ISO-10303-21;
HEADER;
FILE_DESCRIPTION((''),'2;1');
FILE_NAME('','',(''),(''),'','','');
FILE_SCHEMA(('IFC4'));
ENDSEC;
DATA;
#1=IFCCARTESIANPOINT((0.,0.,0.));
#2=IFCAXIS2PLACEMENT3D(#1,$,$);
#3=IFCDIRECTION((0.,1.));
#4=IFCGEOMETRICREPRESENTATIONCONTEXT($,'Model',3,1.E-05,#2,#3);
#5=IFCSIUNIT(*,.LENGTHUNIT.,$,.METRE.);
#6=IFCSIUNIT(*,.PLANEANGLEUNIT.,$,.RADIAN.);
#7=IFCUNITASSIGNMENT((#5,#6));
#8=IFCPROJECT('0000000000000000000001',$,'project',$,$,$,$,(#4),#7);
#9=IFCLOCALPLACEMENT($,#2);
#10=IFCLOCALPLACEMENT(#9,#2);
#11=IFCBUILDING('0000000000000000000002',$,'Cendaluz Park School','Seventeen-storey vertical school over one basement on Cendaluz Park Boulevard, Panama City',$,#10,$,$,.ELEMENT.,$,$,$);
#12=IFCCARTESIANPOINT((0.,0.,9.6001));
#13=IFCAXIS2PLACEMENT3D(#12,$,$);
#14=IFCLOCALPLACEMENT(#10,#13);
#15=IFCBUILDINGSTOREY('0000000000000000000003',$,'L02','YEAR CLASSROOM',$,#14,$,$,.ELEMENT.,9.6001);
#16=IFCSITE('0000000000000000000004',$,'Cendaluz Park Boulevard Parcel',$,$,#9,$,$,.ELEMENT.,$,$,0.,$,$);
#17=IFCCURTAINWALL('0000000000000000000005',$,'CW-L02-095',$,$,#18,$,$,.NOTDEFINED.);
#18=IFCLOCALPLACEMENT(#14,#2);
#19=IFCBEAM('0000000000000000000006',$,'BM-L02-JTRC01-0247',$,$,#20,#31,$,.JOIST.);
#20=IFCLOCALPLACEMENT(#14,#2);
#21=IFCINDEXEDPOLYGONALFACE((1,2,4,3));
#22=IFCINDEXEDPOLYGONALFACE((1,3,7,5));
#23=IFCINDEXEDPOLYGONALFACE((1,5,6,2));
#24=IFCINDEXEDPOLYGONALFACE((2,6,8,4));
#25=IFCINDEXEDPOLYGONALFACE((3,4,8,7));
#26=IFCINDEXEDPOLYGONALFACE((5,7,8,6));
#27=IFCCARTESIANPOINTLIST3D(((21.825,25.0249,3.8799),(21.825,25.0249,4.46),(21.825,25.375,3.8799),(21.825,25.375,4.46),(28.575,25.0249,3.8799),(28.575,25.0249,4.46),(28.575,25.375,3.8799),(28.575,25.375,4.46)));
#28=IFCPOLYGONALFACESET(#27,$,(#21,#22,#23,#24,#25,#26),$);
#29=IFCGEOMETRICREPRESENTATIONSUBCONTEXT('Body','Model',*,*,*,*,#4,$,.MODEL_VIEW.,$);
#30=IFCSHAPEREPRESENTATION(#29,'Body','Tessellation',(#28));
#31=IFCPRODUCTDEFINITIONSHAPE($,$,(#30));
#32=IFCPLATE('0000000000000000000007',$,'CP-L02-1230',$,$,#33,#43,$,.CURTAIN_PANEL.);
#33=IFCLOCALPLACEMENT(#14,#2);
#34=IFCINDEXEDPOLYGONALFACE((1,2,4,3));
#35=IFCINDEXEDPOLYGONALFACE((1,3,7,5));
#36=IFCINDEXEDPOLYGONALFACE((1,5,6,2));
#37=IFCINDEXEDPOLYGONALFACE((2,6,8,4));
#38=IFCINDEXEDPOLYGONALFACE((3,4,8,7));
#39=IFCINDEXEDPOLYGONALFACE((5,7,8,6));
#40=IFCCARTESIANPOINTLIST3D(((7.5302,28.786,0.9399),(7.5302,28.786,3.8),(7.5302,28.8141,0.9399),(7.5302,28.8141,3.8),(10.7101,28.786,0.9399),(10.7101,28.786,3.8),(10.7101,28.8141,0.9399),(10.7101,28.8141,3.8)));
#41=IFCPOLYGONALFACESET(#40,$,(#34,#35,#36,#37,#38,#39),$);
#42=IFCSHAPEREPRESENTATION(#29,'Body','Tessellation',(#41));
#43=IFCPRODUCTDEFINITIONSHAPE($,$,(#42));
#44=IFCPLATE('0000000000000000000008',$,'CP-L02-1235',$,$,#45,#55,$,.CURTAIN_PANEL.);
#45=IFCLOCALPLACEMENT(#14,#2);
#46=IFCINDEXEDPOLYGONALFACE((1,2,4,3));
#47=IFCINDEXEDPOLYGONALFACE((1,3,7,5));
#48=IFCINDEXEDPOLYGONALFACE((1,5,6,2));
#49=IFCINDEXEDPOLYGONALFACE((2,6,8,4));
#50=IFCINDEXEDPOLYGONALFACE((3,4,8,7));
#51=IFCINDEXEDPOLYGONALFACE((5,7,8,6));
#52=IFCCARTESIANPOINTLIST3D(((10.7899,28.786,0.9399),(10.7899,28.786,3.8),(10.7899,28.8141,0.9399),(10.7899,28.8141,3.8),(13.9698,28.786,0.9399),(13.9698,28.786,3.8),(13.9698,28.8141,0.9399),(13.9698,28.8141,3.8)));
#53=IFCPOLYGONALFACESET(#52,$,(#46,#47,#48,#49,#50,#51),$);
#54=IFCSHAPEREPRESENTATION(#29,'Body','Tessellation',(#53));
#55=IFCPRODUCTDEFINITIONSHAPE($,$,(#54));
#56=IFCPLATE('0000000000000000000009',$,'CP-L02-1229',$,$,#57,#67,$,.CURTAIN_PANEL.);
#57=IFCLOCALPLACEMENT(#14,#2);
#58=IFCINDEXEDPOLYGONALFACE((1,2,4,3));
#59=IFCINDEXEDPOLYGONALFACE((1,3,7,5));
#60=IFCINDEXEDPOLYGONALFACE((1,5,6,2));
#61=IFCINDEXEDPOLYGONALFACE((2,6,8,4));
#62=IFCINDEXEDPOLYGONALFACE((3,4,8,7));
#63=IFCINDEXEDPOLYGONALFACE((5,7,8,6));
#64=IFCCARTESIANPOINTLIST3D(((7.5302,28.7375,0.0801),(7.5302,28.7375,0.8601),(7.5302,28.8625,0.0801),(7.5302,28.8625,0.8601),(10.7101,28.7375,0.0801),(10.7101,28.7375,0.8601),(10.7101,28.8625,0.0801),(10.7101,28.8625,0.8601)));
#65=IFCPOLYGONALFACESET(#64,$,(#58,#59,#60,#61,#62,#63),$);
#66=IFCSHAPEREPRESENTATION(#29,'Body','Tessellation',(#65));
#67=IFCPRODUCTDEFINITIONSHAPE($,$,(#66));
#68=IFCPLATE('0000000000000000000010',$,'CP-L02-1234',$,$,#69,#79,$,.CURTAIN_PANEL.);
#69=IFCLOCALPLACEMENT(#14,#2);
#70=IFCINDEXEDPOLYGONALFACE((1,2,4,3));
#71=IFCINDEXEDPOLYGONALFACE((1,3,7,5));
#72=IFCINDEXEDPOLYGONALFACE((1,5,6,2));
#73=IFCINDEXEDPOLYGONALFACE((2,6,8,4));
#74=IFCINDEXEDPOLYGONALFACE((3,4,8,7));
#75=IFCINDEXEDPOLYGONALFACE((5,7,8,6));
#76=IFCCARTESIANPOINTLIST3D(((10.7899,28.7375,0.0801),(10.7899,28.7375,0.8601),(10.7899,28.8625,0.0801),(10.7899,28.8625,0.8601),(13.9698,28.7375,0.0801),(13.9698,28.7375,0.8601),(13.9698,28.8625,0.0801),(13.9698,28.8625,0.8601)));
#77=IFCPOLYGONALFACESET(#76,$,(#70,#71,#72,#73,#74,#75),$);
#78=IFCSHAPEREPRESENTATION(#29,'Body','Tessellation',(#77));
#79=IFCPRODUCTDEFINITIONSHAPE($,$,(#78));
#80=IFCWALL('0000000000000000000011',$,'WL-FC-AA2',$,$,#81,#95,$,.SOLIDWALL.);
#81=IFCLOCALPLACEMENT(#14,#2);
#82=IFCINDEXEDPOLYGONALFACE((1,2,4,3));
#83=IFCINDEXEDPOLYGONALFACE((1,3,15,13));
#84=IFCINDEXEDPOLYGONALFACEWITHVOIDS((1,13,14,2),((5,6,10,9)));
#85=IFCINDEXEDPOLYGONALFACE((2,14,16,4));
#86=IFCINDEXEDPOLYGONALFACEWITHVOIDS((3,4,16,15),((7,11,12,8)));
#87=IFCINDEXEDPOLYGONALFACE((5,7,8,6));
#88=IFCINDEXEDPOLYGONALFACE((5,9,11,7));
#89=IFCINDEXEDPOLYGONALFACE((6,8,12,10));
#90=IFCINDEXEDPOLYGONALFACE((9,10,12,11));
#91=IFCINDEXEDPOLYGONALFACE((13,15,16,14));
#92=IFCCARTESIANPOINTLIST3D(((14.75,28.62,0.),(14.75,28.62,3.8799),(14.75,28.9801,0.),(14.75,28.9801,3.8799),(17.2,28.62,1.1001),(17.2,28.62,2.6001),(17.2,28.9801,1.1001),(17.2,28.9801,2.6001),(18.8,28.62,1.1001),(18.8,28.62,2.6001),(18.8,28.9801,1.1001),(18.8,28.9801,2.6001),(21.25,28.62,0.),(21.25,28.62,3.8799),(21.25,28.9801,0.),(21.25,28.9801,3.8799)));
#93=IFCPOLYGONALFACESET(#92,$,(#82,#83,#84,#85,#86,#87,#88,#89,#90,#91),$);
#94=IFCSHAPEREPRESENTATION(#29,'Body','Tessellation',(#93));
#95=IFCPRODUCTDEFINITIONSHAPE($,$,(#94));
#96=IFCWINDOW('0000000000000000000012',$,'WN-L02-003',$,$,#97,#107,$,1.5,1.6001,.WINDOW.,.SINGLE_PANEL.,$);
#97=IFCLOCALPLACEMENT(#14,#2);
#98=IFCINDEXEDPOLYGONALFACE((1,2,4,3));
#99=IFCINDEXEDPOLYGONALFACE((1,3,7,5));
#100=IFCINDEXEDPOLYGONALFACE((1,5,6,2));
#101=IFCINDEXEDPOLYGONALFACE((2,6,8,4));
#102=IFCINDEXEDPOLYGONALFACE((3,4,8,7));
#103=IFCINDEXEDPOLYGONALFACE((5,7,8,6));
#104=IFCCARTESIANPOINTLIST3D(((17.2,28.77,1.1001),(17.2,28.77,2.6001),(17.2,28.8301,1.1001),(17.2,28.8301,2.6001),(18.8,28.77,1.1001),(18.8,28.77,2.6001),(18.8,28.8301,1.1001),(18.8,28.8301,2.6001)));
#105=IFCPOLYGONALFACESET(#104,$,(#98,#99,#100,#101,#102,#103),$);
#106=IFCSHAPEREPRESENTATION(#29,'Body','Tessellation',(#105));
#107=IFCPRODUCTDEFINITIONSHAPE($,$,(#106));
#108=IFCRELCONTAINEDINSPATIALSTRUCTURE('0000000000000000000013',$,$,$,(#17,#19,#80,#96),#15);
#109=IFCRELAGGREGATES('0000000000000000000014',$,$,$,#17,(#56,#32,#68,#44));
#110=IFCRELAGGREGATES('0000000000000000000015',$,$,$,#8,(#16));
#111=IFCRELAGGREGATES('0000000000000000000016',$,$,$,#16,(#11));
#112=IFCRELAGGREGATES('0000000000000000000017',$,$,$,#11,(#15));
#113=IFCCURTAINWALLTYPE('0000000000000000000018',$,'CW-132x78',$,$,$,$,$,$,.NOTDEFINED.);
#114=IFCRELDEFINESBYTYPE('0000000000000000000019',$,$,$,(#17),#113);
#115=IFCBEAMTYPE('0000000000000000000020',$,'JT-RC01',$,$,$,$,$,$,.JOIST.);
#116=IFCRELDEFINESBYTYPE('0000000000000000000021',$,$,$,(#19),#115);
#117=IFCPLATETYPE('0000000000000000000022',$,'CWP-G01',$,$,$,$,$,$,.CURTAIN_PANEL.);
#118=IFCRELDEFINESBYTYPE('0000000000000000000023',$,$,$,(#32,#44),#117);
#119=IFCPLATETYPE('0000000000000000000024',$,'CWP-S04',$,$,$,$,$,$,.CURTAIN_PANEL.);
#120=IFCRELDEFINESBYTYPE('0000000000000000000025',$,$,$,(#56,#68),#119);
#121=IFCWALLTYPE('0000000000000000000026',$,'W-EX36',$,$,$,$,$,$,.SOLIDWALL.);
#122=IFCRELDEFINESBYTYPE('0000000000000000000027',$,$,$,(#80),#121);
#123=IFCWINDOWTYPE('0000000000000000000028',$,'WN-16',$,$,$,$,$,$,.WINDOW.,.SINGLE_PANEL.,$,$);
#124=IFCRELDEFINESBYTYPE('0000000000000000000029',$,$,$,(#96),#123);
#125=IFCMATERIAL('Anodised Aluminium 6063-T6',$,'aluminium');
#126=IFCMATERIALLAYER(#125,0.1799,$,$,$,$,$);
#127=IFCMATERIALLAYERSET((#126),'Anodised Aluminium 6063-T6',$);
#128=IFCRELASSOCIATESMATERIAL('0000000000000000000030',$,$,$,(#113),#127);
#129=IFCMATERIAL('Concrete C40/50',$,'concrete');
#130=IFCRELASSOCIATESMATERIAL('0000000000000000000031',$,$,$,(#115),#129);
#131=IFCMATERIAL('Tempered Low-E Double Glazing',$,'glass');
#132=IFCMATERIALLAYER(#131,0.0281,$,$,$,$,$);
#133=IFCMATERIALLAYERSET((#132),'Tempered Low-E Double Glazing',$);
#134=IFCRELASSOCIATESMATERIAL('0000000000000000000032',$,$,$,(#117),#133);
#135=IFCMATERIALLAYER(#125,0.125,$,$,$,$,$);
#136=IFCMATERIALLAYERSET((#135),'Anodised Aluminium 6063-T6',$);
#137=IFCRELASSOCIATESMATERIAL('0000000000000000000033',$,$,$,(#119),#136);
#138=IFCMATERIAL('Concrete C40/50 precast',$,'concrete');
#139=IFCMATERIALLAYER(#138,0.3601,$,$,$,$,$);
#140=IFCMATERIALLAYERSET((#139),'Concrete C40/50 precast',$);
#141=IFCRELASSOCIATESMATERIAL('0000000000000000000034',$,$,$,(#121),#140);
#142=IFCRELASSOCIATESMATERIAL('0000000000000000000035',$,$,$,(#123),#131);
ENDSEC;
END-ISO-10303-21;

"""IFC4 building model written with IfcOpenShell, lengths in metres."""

from ifc_helpers import new_model, si_unit, direction, frame, frame_2d, origin, origin_2d, place, context, subcontext, project, spatial, rectangle, extrude, material, layer, layer_set, material_profile, profile_set, type_object, element, fill, aggregate, save


model = new_model("IFC4")

# Units and contexts
model_context = context("Model", 3, precision=1e-05, world=origin(), true_north=direction((0.0, 1.0)))
body_context = subcontext(model_context, "Body", "Model", "MODEL_VIEW")
ifc_project = project(units=[si_unit("LENGTHUNIT", "METRE"), si_unit("PLANEANGLEUNIT", "RADIAN")], contexts=[model_context])

# Site, building, storey
site_placement = place(None, origin())
site = spatial("IfcSite", under=ifc_project, at=site_placement, Name="Cendaluz Park Boulevard Parcel", CompositionType="ELEMENT", RefElevation=0.0)
building_placement = place(site_placement, origin())
building = spatial("IfcBuilding", under=site, at=building_placement, Name="Cendaluz Park School", Description="Seventeen-storey vertical school over one basement on Cendaluz Park Boulevard, Panama City", CompositionType="ELEMENT")
storey_placement = place(building_placement, frame((0.0, 0.0, 9.6001)))
storey = spatial("IfcBuildingStorey", under=building, at=storey_placement, Name="L02", Description="YEAR CLASSROOM", CompositionType="ELEMENT", Elevation=9.6001)

# Shared definitions
ifc_material_1 = material(Name="Concrete C40/50", Category="concrete")

# Curtain wall
ifc_material_2 = material(Name="Anodised Aluminium 6063-T6", Category="aluminium")
ifc_layer_1 = layer(ifc_material_2, 0.1799)
ifc_layer_set_1 = layer_set([ifc_layer_1], Name="Anodised Aluminium 6063-T6")
curtain_wall_type = type_object("IfcCurtainWallType", Name="CW-132x78", PredefinedType="NOTDEFINED", material=ifc_layer_set_1)
curtain_wall_placement = place(storey_placement, origin())
curtain_wall = element("IfcCurtainWall", 1, at=curtain_wall_placement, inside=storey, type_object=curtain_wall_type, Name="CW-L02-095", PredefinedType="NOTDEFINED")

# Beam
ifc_material_profile_1 = material_profile(ifc_material_1, rectangle(XDim=0.3501, YDim=0.5801, at=origin_2d()), Name="RC 350x580", Category="concrete")
ifc_profile_set_1 = profile_set([ifc_material_profile_1], Name="Concrete C40/50")
beam_type_1 = type_object("IfcBeamType", Name="JT-RC01", PredefinedType="JOIST", material=ifc_profile_set_1)
beam_1_placement = place(storey_placement, frame((21.825, 25.2, 4.1699), z_axis=(1.0, 0.0, 0.0), x_axis=(0.0, 1.0, 0.0)))
element("IfcBeam", 2, at=beam_1_placement, inside=storey, type_object=beam_type_1, Name="BM-L02-JTRC01-0247", PredefinedType="JOIST", context=body_context, shape_type="SweptSolid", body=[
    extrude(rectangle(XDim=0.3501, YDim=0.5801, at=origin_2d()), origin(), (0.0, 0.0, 1.0), 6.75),
])

# Plates
ifc_material_3 = material(Name="Tempered Low-E Double Glazing", Category="glass")
ifc_layer_2 = layer(ifc_material_3, 0.0281)
ifc_layer_set_2 = layer_set([ifc_layer_2], Name="Tempered Low-E Double Glazing")
plate_type_1 = type_object("IfcPlateType", Name="CWP-G01", PredefinedType="CURTAIN_PANEL", material=ifc_layer_set_2)
plate_1_placement = place(storey_placement, frame((9.1201, 28.8, 0.9399), z_axis=(0.0, 0.0, 1.0), x_axis=(1.0, 0.0, 0.0)))
plate_1 = element("IfcPlate", 3, at=plate_1_placement, type_object=plate_type_1, Name="CP-L02-1230", PredefinedType="CURTAIN_PANEL", context=body_context, shape_type="SweptSolid", body=[
    extrude(rectangle(XDim=3.1799, YDim=0.0281, at=origin_2d()), origin(), (0.0, 0.0, 1.0), 2.8601),
])
plate_2_placement = place(storey_placement, frame((12.3799, 28.8, 0.9399), z_axis=(0.0, 0.0, 1.0), x_axis=(1.0, 0.0, 0.0)))
plate_2 = element("IfcPlate", 4, at=plate_2_placement, type_object=plate_type_1, Name="CP-L02-1235", PredefinedType="CURTAIN_PANEL", context=body_context, shape_type="SweptSolid", body=[
    extrude(rectangle(XDim=3.1799, YDim=0.0281, at=origin_2d()), origin(), (0.0, 0.0, 1.0), 2.8601),
])
ifc_layer_3 = layer(ifc_material_2, 0.125)
ifc_layer_set_3 = layer_set([ifc_layer_3], Name="Anodised Aluminium 6063-T6")
plate_type_2 = type_object("IfcPlateType", Name="CWP-S04", PredefinedType="CURTAIN_PANEL", material=ifc_layer_set_3)
plate_3_placement = place(storey_placement, frame((9.1201, 28.8, 0.0801), z_axis=(0.0, 0.0, 1.0), x_axis=(1.0, 0.0, 0.0)))
plate_3 = element("IfcPlate", 5, at=plate_3_placement, type_object=plate_type_2, Name="CP-L02-1229", PredefinedType="CURTAIN_PANEL", context=body_context, shape_type="SweptSolid", body=[
    extrude(rectangle(XDim=3.1799, YDim=0.125, at=origin_2d()), origin(), (0.0, 0.0, 1.0), 0.78),
])
plate_4_placement = place(storey_placement, frame((12.3799, 28.8, 0.0801), z_axis=(0.0, 0.0, 1.0), x_axis=(1.0, 0.0, 0.0)))
plate_4 = element("IfcPlate", 6, at=plate_4_placement, type_object=plate_type_2, Name="CP-L02-1234", PredefinedType="CURTAIN_PANEL", context=body_context, shape_type="SweptSolid", body=[
    extrude(rectangle(XDim=3.1799, YDim=0.125, at=origin_2d()), origin(), (0.0, 0.0, 1.0), 0.78),
])
aggregate(curtain_wall, [plate_3, plate_1, plate_4, plate_2])

# Wall, opening, window
ifc_material_4 = material(Name="Concrete C40/50 precast", Category="concrete")
ifc_layer_4 = layer(ifc_material_4, 0.3601)
ifc_layer_set_4 = layer_set([ifc_layer_4], Name="Concrete C40/50 precast")
wall_type = type_object("IfcWallType", Name="W-EX36", PredefinedType="SOLIDWALL", material=ifc_layer_set_4)
wall_placement = place(storey_placement, frame((14.75, 28.8, 0.0), z_axis=(0.0, 0.0, 1.0), x_axis=(1.0, 0.0, 0.0)))
wall = element("IfcWall", 7, at=wall_placement, inside=storey, type_object=wall_type, Name="WL-FC-AA2", PredefinedType="SOLIDWALL", context=body_context, shape_type="SweptSolid", body=[
    extrude(rectangle(XDim=6.5, YDim=0.3601, at=frame_2d((3.25, 0.0))), origin(), (0.0, 0.0, 1.0), 3.8799),
])
opening_placement = place(wall_placement, frame((2.45, 0.0, 1.1001)))
opening = element("IfcOpeningElement", 8, at=opening_placement, cuts=wall, PredefinedType="OPENING", context=body_context, shape_type="SweptSolid", body=[
    extrude(rectangle(XDim=1.6001, YDim=1.5, at=frame_2d((0.8, 0.75))), frame((0.0, 0.1921, 0.0), z_axis=(0.0, -1.0, 0.0), x_axis=(1.0, 0.0, 0.0)), (0.0, 0.0, 1.0), 0.384),
])
window_type = type_object("IfcWindowType", Name="WN-16", PartitioningType="SINGLE_PANEL", PredefinedType="WINDOW", material=ifc_material_3)
window_placement = place(opening_placement, origin())
window = element("IfcWindow", 9, at=window_placement, inside=storey, type_object=window_type, Name="WN-L02-003", OverallHeight=1.5, OverallWidth=1.6001, PartitioningType="SINGLE_PANEL", PredefinedType="WINDOW", context=body_context, shape_type="SweptSolid", body=[
    extrude(rectangle(XDim=1.6001, YDim=1.5, at=frame_2d((0.8, 0.75))), frame((0.0, 0.03, 0.0), z_axis=(0.0, -1.0, 0.0), x_axis=(1.0, 0.0, 0.0)), (0.0, 0.0, 1.0), 0.0601),
])
fill(opening, window)

save(model, "model.ifc")
